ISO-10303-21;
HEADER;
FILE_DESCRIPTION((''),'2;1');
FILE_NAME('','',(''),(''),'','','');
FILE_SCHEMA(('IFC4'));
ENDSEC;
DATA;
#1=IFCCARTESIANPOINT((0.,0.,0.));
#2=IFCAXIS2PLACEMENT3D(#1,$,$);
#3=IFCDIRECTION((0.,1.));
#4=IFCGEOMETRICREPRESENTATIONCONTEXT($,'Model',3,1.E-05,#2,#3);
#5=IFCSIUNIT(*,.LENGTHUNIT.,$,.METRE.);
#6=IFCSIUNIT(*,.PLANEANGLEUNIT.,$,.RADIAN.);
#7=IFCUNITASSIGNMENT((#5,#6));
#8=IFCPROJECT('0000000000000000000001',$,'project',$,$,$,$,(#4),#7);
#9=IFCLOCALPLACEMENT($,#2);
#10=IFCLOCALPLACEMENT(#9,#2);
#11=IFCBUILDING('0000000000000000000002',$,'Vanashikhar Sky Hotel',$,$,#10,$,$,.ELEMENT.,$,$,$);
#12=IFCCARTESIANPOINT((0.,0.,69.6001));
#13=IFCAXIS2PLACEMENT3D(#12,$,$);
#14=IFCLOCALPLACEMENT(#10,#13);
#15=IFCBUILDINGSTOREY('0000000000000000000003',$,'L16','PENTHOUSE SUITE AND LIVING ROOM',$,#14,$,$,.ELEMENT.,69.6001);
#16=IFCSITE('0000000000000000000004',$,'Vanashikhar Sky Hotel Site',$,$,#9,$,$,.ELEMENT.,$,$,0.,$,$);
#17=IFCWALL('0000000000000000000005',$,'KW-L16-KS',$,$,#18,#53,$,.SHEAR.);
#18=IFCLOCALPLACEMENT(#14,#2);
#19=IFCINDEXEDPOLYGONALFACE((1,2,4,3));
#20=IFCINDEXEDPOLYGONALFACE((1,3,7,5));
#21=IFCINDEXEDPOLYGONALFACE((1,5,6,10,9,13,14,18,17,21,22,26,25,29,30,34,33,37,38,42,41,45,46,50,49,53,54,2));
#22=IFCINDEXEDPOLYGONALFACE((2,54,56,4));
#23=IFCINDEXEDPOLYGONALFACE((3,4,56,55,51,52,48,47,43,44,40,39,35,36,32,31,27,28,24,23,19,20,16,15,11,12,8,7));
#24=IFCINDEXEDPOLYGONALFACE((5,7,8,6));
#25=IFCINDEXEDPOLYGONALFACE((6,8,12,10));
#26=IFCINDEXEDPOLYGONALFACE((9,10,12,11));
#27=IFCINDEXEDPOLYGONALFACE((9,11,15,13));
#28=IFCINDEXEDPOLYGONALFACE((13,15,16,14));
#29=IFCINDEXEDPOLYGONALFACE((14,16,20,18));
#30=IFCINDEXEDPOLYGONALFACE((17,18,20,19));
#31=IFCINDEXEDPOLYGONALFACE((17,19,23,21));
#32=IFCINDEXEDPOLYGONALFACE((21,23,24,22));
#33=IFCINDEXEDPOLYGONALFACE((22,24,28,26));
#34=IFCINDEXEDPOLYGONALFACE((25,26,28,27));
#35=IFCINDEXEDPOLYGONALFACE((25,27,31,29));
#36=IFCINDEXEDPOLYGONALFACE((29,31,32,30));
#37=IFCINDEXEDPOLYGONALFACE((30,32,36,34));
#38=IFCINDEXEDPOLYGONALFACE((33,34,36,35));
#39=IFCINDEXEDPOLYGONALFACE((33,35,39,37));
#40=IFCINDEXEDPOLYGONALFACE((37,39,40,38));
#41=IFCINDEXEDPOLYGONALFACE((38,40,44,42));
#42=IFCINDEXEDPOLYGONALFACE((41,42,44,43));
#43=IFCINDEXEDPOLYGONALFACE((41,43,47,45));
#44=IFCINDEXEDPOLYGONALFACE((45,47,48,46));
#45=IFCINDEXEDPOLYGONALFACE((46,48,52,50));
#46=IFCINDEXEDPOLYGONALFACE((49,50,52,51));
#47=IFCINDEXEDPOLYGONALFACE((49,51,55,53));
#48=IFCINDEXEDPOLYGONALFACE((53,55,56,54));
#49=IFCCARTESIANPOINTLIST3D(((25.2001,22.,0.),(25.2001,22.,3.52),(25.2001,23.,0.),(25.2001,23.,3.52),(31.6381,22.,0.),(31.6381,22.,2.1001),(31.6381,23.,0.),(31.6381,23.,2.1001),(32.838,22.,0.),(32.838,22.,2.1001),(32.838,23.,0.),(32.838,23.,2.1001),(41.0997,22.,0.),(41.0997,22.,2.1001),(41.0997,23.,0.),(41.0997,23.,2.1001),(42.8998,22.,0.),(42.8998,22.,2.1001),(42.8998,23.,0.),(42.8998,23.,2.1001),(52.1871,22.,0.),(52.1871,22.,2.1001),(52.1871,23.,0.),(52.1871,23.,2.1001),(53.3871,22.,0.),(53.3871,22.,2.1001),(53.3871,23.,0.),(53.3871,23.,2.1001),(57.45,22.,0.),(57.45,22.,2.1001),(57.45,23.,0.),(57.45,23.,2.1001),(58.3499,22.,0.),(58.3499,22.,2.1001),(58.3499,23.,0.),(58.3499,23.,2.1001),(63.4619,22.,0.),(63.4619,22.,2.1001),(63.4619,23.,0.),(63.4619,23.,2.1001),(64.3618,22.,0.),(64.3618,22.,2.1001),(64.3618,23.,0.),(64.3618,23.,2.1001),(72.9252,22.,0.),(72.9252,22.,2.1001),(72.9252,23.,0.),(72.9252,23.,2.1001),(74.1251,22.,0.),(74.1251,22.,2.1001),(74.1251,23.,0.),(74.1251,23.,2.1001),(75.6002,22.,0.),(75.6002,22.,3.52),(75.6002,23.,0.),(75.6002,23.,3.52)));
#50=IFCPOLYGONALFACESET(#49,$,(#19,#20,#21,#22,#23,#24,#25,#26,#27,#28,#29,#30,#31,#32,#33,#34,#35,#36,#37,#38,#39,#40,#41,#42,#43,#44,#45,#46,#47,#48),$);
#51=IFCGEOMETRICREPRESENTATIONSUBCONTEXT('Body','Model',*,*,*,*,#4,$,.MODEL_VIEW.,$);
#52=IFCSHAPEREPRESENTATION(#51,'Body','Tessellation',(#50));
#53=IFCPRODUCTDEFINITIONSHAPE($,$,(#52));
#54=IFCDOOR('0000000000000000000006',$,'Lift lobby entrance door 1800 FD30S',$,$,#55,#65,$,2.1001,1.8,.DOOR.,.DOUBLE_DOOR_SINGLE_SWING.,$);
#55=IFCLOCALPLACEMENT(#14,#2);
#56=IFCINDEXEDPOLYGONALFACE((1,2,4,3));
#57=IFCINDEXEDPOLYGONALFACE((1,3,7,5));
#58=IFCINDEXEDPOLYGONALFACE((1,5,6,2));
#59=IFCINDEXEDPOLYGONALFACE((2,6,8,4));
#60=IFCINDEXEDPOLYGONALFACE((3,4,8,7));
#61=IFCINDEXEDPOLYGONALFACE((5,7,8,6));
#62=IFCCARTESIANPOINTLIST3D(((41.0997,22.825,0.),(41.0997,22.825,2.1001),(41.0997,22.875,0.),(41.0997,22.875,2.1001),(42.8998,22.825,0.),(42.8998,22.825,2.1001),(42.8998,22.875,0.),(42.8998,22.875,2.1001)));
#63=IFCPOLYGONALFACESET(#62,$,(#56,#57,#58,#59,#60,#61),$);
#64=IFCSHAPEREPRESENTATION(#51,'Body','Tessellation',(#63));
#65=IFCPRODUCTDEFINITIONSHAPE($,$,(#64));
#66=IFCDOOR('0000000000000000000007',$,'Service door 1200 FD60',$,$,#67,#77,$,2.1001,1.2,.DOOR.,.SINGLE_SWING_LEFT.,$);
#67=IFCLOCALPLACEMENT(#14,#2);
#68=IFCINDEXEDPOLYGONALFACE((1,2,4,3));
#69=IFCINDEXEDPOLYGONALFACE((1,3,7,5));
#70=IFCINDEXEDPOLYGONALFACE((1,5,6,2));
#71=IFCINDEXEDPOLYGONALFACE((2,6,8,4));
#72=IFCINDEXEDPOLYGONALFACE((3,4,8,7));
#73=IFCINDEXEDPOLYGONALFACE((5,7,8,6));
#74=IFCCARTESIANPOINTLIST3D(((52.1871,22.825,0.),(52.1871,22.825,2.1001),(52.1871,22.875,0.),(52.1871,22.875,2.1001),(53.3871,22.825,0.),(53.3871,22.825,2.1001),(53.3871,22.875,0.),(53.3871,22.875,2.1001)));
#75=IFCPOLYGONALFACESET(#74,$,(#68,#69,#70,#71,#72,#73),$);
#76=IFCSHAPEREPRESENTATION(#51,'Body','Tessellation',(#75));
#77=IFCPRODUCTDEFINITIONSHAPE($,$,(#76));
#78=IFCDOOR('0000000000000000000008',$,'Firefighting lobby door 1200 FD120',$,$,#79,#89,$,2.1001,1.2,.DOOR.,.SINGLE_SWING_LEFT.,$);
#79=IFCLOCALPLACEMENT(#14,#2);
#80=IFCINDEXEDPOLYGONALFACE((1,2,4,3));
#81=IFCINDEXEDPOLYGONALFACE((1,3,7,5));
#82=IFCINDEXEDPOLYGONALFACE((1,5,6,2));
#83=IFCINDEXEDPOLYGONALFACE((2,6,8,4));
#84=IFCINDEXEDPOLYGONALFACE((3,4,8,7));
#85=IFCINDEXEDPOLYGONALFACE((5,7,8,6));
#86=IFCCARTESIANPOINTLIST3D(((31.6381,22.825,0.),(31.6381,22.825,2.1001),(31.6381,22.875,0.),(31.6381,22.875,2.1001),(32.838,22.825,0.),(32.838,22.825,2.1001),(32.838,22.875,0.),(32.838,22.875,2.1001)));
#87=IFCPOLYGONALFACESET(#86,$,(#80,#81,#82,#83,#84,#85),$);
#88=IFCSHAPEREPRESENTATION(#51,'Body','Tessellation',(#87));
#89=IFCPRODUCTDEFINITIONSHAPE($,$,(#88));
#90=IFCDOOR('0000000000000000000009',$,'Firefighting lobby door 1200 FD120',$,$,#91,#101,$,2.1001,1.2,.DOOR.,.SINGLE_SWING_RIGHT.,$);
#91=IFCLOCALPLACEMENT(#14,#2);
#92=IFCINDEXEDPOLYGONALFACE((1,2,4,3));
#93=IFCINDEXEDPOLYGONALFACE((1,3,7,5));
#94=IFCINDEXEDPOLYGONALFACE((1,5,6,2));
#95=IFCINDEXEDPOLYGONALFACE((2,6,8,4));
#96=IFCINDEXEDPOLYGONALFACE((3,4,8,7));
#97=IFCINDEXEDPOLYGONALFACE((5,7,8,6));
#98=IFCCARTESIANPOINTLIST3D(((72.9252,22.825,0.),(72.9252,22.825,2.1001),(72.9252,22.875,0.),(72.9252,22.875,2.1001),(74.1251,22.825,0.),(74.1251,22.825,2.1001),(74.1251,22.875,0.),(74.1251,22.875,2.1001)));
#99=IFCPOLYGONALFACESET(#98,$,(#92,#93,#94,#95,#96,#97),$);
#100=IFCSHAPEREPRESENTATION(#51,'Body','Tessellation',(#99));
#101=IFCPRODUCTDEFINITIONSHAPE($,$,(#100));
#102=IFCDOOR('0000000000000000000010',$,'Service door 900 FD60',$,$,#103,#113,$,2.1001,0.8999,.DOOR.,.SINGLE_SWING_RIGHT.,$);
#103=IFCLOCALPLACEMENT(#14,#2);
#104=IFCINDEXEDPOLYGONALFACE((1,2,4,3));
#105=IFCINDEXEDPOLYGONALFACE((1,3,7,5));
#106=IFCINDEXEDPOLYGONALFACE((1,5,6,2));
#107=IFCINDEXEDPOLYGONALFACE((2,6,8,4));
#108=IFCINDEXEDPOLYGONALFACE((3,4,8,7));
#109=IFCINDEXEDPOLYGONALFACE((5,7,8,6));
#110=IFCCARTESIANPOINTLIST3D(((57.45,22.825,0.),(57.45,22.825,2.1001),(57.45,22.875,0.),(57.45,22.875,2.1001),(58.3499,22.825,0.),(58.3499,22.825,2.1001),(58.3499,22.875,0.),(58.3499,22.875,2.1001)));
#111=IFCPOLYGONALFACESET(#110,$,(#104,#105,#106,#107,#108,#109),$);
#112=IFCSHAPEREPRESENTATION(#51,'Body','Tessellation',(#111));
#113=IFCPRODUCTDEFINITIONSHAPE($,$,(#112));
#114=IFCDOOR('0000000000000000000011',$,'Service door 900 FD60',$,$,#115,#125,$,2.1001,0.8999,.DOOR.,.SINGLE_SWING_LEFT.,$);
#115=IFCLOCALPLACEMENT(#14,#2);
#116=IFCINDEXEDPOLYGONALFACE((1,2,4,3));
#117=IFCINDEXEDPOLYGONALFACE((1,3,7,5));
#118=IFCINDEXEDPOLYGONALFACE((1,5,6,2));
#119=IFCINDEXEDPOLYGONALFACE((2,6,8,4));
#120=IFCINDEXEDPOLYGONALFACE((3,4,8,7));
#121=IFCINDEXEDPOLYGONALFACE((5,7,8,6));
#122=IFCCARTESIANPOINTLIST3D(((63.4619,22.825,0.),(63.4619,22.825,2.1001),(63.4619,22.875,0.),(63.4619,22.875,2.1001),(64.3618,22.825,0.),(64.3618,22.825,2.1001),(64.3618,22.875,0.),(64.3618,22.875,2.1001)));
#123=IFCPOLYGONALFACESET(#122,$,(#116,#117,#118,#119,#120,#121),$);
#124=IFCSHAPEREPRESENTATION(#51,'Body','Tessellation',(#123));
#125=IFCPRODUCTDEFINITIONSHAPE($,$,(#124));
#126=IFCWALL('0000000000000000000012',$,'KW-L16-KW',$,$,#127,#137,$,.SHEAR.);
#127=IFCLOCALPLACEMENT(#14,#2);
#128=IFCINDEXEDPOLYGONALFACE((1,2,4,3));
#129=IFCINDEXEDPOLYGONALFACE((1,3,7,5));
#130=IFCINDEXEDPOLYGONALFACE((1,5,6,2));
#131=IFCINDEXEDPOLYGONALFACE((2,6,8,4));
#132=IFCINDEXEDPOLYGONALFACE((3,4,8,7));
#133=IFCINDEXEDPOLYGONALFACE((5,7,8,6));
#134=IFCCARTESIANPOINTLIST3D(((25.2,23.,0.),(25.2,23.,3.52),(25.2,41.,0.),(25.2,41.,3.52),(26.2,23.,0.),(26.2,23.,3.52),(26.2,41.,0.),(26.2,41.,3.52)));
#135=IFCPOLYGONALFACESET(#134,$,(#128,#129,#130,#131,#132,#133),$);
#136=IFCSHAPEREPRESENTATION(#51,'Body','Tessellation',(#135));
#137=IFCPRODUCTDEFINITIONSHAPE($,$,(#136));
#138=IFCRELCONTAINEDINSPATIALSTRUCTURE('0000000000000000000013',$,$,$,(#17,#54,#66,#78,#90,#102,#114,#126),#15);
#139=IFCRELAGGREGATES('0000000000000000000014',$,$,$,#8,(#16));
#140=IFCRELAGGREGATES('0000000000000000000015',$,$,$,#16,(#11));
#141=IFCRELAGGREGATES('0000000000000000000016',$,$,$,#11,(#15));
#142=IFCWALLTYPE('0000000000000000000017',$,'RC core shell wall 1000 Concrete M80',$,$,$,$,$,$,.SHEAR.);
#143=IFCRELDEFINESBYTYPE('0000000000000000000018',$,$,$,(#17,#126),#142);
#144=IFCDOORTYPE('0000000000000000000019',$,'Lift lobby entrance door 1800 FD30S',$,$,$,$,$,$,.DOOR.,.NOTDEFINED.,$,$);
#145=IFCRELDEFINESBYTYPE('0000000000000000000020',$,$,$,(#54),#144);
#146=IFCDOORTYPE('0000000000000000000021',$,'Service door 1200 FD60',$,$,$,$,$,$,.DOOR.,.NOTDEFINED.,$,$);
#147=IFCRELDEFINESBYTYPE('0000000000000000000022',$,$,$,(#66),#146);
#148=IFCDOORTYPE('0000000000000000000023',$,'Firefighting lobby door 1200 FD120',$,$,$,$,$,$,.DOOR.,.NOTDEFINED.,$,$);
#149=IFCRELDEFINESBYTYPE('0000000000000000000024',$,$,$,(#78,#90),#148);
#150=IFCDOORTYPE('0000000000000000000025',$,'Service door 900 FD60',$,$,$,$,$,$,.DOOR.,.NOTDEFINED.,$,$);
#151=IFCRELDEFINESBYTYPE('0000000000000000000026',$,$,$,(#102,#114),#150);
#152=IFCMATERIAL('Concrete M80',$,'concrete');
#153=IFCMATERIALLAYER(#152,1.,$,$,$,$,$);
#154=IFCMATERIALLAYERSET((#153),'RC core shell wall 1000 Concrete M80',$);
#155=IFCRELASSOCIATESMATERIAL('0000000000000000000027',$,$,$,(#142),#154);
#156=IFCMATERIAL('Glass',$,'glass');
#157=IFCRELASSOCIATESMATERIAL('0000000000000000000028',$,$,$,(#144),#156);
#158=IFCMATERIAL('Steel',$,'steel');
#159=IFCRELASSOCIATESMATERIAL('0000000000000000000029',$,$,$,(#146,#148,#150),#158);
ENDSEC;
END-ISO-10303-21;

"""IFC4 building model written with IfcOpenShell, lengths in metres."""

from ifc_helpers import new_model, si_unit, direction, frame, frame_2d, origin, place, context, subcontext, project, spatial, rectangle, extrude, source, transform, mapped, material, layer, layer_set, type_object, element, fill, save


model = new_model("IFC4")

# Units and contexts
model_context = context("Model", 3, precision=1e-05, world=origin(), true_north=direction((0.0, 1.0)))
body_context = subcontext(model_context, "Body", "Model", "MODEL_VIEW")
ifc_project = project(units=[si_unit("LENGTHUNIT", "METRE"), si_unit("PLANEANGLEUNIT", "RADIAN")], contexts=[model_context])

# Site, building, storey
site_placement = place(None, origin())
site = spatial("IfcSite", under=ifc_project, at=site_placement, Name="Vanashikhar Sky Hotel Site", CompositionType="ELEMENT", RefElevation=0.0)
building_placement = place(site_placement, origin())
building = spatial("IfcBuilding", under=site, at=building_placement, Name="Vanashikhar Sky Hotel", CompositionType="ELEMENT")
storey_placement = place(building_placement, frame((0.0, 0.0, 69.6001)))
storey = spatial("IfcBuildingStorey", under=building, at=storey_placement, Name="L16", Description="PENTHOUSE SUITE AND LIVING ROOM", CompositionType="ELEMENT", Elevation=69.6001)

# Wall, openings, doors
ifc_material_1 = material(Name="Concrete M80", Category="concrete")
ifc_layer_1 = layer(ifc_material_1, 1.0)
ifc_layer_set_1 = layer_set([ifc_layer_1], Name="RC core shell wall 1000 Concrete M80")
wall_type_1 = type_object("IfcWallType", Name="RC core shell wall 1000 Concrete M80", PredefinedType="SHEAR", material=ifc_layer_set_1)
shared_shape_1 = source(origin(), body_context, "Body", "SweptSolid", [
    extrude(rectangle(XDim=50.4001, YDim=1.0, at=frame_2d((25.2002, 0.0))), origin(), (0.0, 0.0, 1.0), 3.52),
])
wall_1_placement = place(storey_placement, frame((25.2, 22.5, 0.0), z_axis=(0.0, 0.0, 1.0), x_axis=(1.0, 0.0, 0.0)))
wall_1 = element("IfcWall", 1, at=wall_1_placement, inside=storey, type_object=wall_type_1, Name="KW-L16-KS", PredefinedType="SHEAR", context=body_context, shape_type="MappedRepresentation", body=[
    mapped(shared_shape_1, transform((0.0, 0.0, 0.0), scale=1.0)),
])
shared_shape_2 = source(origin(), body_context, "Body", "SweptSolid", [
    extrude(rectangle(XDim=1.8, YDim=2.1001, at=frame_2d((0.8999, 1.05))), frame((0.0, 0.51, 0.0), z_axis=(0.0, -1.0, 0.0), x_axis=(1.0, 0.0, 0.0)), (0.0, 0.0, 1.0), 1.02),
])
opening_1_placement = place(wall_1_placement, frame((15.8999, 0.0, 0.0)))
opening_1 = element("IfcOpeningElement", 2, at=opening_1_placement, cuts=wall_1, PredefinedType="OPENING", context=body_context, shape_type="MappedRepresentation", body=[
    mapped(shared_shape_2, transform((0.0, 0.0, 0.0), scale=1.0)),
])
shared_shape_3 = source(origin(), body_context, "Body", "SweptSolid", [
    extrude(rectangle(XDim=1.2, YDim=2.1001, at=frame_2d((0.6001, 1.05))), frame((0.0, 0.51, 0.0), z_axis=(0.0, -1.0, 0.0), x_axis=(1.0, 0.0, 0.0)), (0.0, 0.0, 1.0), 1.02),
])
opening_2_placement = place(wall_1_placement, frame((26.9871, 0.0, 0.0)))
opening_2 = element("IfcOpeningElement", 3, at=opening_2_placement, cuts=wall_1, PredefinedType="OPENING", context=body_context, shape_type="MappedRepresentation", body=[
    mapped(shared_shape_3, transform((0.0, 0.0, 0.0), scale=1.0)),
])
shared_shape_4 = source(origin(), body_context, "Body", "SweptSolid", [
    extrude(rectangle(XDim=0.8999, YDim=2.1001, at=frame_2d((0.45, 1.05))), frame((0.0, 0.51, 0.0), z_axis=(0.0, -1.0, 0.0), x_axis=(1.0, 0.0, 0.0)), (0.0, 0.0, 1.0), 1.02),
])
opening_3_placement = place(wall_1_placement, frame((32.25, 0.0, 0.0)))
opening_3 = element("IfcOpeningElement", 4, at=opening_3_placement, cuts=wall_1, PredefinedType="OPENING", context=body_context, shape_type="MappedRepresentation", body=[
    mapped(shared_shape_4, transform((0.0, 0.0, 0.0), scale=1.0)),
])
opening_4_placement = place(wall_1_placement, frame((38.262, 0.0, 0.0)))
opening_4 = element("IfcOpeningElement", 5, at=opening_4_placement, cuts=wall_1, PredefinedType="OPENING", context=body_context, shape_type="MappedRepresentation", body=[
    mapped(shared_shape_4, transform((0.0, 0.0, 0.0), scale=1.0)),
])
opening_5_placement = place(wall_1_placement, frame((6.438, 0.0, 0.0)))
opening_5 = element("IfcOpeningElement", 6, at=opening_5_placement, cuts=wall_1, PredefinedType="OPENING", context=body_context, shape_type="MappedRepresentation", body=[
    mapped(shared_shape_3, transform((0.0, 0.0, 0.0), scale=1.0)),
])
opening_6_placement = place(wall_1_placement, frame((47.7251, 0.0, 0.0)))
opening_6 = element("IfcOpeningElement", 7, at=opening_6_placement, cuts=wall_1, PredefinedType="OPENING", context=body_context, shape_type="MappedRepresentation", body=[
    mapped(shared_shape_3, transform((0.0, 0.0, 0.0), scale=1.0)),
])
ifc_material_2 = material(Name="Glass", Category="glass")
door_type_1 = type_object("IfcDoorType", Name="Lift lobby entrance door 1800 FD30S", OperationType="NOTDEFINED", PredefinedType="DOOR", material=ifc_material_2)
shared_shape_5 = source(origin(), body_context, "Body", "SweptSolid", [
    extrude(rectangle(XDim=1.8, YDim=2.1001, at=frame_2d((0.8999, 1.05))), frame((0.0, 0.375, 0.0), z_axis=(0.0, -1.0, 0.0), x_axis=(1.0, 0.0, 0.0)), (0.0, 0.0, 1.0), 0.05),
])
door_1_placement = place(opening_1_placement, origin())
door_1 = element("IfcDoor", 8, at=door_1_placement, inside=storey, type_object=door_type_1, Name="Lift lobby entrance door 1800 FD30S", OperationType="DOUBLE_DOOR_SINGLE_SWING", OverallHeight=2.1001, OverallWidth=1.8, PredefinedType="DOOR", context=body_context, shape_type="MappedRepresentation", body=[
    mapped(shared_shape_5, transform((0.0, 0.0, 0.0), scale=1.0)),
])
fill(opening_1, door_1)
ifc_material_3 = material(Name="Steel", Category="steel")
door_type_2 = type_object("IfcDoorType", Name="Service door 1200 FD60", OperationType="NOTDEFINED", PredefinedType="DOOR", material=ifc_material_3)
shared_shape_6 = source(origin(), body_context, "Body", "SweptSolid", [
    extrude(rectangle(XDim=1.2, YDim=2.1001, at=frame_2d((0.6001, 1.05))), frame((0.0, 0.375, 0.0), z_axis=(0.0, -1.0, 0.0), x_axis=(1.0, 0.0, 0.0)), (0.0, 0.0, 1.0), 0.05),
])
door_2_placement = place(opening_2_placement, origin())
door_2 = element("IfcDoor", 9, at=door_2_placement, inside=storey, type_object=door_type_2, Name="Service door 1200 FD60", OperationType="SINGLE_SWING_LEFT", OverallHeight=2.1001, OverallWidth=1.2, PredefinedType="DOOR", context=body_context, shape_type="MappedRepresentation", body=[
    mapped(shared_shape_6, transform((0.0, 0.0, 0.0), scale=1.0)),
])
fill(opening_2, door_2)
door_type_3 = type_object("IfcDoorType", Name="Firefighting lobby door 1200 FD120", OperationType="NOTDEFINED", PredefinedType="DOOR", material=ifc_material_3)
door_3_placement = place(opening_5_placement, origin())
door_3 = element("IfcDoor", 10, at=door_3_placement, inside=storey, type_object=door_type_3, Name="Firefighting lobby door 1200 FD120", OperationType="SINGLE_SWING_LEFT", OverallHeight=2.1001, OverallWidth=1.2, PredefinedType="DOOR", context=body_context, shape_type="MappedRepresentation", body=[
    mapped(shared_shape_6, transform((0.0, 0.0, 0.0), scale=1.0)),
])
fill(opening_5, door_3)
door_4_placement = place(opening_6_placement, origin())
door_4 = element("IfcDoor", 11, at=door_4_placement, inside=storey, type_object=door_type_3, Name="Firefighting lobby door 1200 FD120", OperationType="SINGLE_SWING_RIGHT", OverallHeight=2.1001, OverallWidth=1.2, PredefinedType="DOOR", context=body_context, shape_type="MappedRepresentation", body=[
    mapped(shared_shape_6, transform((0.0, 0.0, 0.0), scale=1.0)),
])
fill(opening_6, door_4)
door_type_4 = type_object("IfcDoorType", Name="Service door 900 FD60", OperationType="NOTDEFINED", PredefinedType="DOOR", material=ifc_material_3)
shared_shape_7 = source(origin(), body_context, "Body", "SweptSolid", [
    extrude(rectangle(XDim=0.8999, YDim=2.1001, at=frame_2d((0.45, 1.05))), frame((0.0, 0.375, 0.0), z_axis=(0.0, -1.0, 0.0), x_axis=(1.0, 0.0, 0.0)), (0.0, 0.0, 1.0), 0.05),
])
door_5_placement = place(opening_3_placement, origin())
door_5 = element("IfcDoor", 12, at=door_5_placement, inside=storey, type_object=door_type_4, Name="Service door 900 FD60", OperationType="SINGLE_SWING_RIGHT", OverallHeight=2.1001, OverallWidth=0.8999, PredefinedType="DOOR", context=body_context, shape_type="MappedRepresentation", body=[
    mapped(shared_shape_7, transform((0.0, 0.0, 0.0), scale=1.0)),
])
fill(opening_3, door_5)
door_6_placement = place(opening_4_placement, origin())
door_6 = element("IfcDoor", 13, at=door_6_placement, inside=storey, type_object=door_type_4, Name="Service door 900 FD60", OperationType="SINGLE_SWING_LEFT", OverallHeight=2.1001, OverallWidth=0.8999, PredefinedType="DOOR", context=body_context, shape_type="MappedRepresentation", body=[
    mapped(shared_shape_7, transform((0.0, 0.0, 0.0), scale=1.0)),
])
fill(opening_4, door_6)

# Wall
shared_shape_8 = source(origin(), body_context, "Body", "SweptSolid", [
    extrude(rectangle(XDim=18.0, YDim=1.0, at=frame_2d((9.0, 0.0))), origin(), (0.0, 0.0, 1.0), 3.52),
])
wall_2_placement = place(storey_placement, frame((25.7, 23.0, 0.0), z_axis=(0.0, 0.0, 1.0), x_axis=(0.0, 1.0, 0.0)))
element("IfcWall", 14, at=wall_2_placement, inside=storey, type_object=wall_type_1, Name="KW-L16-KW", PredefinedType="SHEAR", context=body_context, shape_type="MappedRepresentation", body=[
    mapped(shared_shape_8, transform((0.0, 0.0, 0.0), scale=1.0)),
])

save(model, "model.ifc")
